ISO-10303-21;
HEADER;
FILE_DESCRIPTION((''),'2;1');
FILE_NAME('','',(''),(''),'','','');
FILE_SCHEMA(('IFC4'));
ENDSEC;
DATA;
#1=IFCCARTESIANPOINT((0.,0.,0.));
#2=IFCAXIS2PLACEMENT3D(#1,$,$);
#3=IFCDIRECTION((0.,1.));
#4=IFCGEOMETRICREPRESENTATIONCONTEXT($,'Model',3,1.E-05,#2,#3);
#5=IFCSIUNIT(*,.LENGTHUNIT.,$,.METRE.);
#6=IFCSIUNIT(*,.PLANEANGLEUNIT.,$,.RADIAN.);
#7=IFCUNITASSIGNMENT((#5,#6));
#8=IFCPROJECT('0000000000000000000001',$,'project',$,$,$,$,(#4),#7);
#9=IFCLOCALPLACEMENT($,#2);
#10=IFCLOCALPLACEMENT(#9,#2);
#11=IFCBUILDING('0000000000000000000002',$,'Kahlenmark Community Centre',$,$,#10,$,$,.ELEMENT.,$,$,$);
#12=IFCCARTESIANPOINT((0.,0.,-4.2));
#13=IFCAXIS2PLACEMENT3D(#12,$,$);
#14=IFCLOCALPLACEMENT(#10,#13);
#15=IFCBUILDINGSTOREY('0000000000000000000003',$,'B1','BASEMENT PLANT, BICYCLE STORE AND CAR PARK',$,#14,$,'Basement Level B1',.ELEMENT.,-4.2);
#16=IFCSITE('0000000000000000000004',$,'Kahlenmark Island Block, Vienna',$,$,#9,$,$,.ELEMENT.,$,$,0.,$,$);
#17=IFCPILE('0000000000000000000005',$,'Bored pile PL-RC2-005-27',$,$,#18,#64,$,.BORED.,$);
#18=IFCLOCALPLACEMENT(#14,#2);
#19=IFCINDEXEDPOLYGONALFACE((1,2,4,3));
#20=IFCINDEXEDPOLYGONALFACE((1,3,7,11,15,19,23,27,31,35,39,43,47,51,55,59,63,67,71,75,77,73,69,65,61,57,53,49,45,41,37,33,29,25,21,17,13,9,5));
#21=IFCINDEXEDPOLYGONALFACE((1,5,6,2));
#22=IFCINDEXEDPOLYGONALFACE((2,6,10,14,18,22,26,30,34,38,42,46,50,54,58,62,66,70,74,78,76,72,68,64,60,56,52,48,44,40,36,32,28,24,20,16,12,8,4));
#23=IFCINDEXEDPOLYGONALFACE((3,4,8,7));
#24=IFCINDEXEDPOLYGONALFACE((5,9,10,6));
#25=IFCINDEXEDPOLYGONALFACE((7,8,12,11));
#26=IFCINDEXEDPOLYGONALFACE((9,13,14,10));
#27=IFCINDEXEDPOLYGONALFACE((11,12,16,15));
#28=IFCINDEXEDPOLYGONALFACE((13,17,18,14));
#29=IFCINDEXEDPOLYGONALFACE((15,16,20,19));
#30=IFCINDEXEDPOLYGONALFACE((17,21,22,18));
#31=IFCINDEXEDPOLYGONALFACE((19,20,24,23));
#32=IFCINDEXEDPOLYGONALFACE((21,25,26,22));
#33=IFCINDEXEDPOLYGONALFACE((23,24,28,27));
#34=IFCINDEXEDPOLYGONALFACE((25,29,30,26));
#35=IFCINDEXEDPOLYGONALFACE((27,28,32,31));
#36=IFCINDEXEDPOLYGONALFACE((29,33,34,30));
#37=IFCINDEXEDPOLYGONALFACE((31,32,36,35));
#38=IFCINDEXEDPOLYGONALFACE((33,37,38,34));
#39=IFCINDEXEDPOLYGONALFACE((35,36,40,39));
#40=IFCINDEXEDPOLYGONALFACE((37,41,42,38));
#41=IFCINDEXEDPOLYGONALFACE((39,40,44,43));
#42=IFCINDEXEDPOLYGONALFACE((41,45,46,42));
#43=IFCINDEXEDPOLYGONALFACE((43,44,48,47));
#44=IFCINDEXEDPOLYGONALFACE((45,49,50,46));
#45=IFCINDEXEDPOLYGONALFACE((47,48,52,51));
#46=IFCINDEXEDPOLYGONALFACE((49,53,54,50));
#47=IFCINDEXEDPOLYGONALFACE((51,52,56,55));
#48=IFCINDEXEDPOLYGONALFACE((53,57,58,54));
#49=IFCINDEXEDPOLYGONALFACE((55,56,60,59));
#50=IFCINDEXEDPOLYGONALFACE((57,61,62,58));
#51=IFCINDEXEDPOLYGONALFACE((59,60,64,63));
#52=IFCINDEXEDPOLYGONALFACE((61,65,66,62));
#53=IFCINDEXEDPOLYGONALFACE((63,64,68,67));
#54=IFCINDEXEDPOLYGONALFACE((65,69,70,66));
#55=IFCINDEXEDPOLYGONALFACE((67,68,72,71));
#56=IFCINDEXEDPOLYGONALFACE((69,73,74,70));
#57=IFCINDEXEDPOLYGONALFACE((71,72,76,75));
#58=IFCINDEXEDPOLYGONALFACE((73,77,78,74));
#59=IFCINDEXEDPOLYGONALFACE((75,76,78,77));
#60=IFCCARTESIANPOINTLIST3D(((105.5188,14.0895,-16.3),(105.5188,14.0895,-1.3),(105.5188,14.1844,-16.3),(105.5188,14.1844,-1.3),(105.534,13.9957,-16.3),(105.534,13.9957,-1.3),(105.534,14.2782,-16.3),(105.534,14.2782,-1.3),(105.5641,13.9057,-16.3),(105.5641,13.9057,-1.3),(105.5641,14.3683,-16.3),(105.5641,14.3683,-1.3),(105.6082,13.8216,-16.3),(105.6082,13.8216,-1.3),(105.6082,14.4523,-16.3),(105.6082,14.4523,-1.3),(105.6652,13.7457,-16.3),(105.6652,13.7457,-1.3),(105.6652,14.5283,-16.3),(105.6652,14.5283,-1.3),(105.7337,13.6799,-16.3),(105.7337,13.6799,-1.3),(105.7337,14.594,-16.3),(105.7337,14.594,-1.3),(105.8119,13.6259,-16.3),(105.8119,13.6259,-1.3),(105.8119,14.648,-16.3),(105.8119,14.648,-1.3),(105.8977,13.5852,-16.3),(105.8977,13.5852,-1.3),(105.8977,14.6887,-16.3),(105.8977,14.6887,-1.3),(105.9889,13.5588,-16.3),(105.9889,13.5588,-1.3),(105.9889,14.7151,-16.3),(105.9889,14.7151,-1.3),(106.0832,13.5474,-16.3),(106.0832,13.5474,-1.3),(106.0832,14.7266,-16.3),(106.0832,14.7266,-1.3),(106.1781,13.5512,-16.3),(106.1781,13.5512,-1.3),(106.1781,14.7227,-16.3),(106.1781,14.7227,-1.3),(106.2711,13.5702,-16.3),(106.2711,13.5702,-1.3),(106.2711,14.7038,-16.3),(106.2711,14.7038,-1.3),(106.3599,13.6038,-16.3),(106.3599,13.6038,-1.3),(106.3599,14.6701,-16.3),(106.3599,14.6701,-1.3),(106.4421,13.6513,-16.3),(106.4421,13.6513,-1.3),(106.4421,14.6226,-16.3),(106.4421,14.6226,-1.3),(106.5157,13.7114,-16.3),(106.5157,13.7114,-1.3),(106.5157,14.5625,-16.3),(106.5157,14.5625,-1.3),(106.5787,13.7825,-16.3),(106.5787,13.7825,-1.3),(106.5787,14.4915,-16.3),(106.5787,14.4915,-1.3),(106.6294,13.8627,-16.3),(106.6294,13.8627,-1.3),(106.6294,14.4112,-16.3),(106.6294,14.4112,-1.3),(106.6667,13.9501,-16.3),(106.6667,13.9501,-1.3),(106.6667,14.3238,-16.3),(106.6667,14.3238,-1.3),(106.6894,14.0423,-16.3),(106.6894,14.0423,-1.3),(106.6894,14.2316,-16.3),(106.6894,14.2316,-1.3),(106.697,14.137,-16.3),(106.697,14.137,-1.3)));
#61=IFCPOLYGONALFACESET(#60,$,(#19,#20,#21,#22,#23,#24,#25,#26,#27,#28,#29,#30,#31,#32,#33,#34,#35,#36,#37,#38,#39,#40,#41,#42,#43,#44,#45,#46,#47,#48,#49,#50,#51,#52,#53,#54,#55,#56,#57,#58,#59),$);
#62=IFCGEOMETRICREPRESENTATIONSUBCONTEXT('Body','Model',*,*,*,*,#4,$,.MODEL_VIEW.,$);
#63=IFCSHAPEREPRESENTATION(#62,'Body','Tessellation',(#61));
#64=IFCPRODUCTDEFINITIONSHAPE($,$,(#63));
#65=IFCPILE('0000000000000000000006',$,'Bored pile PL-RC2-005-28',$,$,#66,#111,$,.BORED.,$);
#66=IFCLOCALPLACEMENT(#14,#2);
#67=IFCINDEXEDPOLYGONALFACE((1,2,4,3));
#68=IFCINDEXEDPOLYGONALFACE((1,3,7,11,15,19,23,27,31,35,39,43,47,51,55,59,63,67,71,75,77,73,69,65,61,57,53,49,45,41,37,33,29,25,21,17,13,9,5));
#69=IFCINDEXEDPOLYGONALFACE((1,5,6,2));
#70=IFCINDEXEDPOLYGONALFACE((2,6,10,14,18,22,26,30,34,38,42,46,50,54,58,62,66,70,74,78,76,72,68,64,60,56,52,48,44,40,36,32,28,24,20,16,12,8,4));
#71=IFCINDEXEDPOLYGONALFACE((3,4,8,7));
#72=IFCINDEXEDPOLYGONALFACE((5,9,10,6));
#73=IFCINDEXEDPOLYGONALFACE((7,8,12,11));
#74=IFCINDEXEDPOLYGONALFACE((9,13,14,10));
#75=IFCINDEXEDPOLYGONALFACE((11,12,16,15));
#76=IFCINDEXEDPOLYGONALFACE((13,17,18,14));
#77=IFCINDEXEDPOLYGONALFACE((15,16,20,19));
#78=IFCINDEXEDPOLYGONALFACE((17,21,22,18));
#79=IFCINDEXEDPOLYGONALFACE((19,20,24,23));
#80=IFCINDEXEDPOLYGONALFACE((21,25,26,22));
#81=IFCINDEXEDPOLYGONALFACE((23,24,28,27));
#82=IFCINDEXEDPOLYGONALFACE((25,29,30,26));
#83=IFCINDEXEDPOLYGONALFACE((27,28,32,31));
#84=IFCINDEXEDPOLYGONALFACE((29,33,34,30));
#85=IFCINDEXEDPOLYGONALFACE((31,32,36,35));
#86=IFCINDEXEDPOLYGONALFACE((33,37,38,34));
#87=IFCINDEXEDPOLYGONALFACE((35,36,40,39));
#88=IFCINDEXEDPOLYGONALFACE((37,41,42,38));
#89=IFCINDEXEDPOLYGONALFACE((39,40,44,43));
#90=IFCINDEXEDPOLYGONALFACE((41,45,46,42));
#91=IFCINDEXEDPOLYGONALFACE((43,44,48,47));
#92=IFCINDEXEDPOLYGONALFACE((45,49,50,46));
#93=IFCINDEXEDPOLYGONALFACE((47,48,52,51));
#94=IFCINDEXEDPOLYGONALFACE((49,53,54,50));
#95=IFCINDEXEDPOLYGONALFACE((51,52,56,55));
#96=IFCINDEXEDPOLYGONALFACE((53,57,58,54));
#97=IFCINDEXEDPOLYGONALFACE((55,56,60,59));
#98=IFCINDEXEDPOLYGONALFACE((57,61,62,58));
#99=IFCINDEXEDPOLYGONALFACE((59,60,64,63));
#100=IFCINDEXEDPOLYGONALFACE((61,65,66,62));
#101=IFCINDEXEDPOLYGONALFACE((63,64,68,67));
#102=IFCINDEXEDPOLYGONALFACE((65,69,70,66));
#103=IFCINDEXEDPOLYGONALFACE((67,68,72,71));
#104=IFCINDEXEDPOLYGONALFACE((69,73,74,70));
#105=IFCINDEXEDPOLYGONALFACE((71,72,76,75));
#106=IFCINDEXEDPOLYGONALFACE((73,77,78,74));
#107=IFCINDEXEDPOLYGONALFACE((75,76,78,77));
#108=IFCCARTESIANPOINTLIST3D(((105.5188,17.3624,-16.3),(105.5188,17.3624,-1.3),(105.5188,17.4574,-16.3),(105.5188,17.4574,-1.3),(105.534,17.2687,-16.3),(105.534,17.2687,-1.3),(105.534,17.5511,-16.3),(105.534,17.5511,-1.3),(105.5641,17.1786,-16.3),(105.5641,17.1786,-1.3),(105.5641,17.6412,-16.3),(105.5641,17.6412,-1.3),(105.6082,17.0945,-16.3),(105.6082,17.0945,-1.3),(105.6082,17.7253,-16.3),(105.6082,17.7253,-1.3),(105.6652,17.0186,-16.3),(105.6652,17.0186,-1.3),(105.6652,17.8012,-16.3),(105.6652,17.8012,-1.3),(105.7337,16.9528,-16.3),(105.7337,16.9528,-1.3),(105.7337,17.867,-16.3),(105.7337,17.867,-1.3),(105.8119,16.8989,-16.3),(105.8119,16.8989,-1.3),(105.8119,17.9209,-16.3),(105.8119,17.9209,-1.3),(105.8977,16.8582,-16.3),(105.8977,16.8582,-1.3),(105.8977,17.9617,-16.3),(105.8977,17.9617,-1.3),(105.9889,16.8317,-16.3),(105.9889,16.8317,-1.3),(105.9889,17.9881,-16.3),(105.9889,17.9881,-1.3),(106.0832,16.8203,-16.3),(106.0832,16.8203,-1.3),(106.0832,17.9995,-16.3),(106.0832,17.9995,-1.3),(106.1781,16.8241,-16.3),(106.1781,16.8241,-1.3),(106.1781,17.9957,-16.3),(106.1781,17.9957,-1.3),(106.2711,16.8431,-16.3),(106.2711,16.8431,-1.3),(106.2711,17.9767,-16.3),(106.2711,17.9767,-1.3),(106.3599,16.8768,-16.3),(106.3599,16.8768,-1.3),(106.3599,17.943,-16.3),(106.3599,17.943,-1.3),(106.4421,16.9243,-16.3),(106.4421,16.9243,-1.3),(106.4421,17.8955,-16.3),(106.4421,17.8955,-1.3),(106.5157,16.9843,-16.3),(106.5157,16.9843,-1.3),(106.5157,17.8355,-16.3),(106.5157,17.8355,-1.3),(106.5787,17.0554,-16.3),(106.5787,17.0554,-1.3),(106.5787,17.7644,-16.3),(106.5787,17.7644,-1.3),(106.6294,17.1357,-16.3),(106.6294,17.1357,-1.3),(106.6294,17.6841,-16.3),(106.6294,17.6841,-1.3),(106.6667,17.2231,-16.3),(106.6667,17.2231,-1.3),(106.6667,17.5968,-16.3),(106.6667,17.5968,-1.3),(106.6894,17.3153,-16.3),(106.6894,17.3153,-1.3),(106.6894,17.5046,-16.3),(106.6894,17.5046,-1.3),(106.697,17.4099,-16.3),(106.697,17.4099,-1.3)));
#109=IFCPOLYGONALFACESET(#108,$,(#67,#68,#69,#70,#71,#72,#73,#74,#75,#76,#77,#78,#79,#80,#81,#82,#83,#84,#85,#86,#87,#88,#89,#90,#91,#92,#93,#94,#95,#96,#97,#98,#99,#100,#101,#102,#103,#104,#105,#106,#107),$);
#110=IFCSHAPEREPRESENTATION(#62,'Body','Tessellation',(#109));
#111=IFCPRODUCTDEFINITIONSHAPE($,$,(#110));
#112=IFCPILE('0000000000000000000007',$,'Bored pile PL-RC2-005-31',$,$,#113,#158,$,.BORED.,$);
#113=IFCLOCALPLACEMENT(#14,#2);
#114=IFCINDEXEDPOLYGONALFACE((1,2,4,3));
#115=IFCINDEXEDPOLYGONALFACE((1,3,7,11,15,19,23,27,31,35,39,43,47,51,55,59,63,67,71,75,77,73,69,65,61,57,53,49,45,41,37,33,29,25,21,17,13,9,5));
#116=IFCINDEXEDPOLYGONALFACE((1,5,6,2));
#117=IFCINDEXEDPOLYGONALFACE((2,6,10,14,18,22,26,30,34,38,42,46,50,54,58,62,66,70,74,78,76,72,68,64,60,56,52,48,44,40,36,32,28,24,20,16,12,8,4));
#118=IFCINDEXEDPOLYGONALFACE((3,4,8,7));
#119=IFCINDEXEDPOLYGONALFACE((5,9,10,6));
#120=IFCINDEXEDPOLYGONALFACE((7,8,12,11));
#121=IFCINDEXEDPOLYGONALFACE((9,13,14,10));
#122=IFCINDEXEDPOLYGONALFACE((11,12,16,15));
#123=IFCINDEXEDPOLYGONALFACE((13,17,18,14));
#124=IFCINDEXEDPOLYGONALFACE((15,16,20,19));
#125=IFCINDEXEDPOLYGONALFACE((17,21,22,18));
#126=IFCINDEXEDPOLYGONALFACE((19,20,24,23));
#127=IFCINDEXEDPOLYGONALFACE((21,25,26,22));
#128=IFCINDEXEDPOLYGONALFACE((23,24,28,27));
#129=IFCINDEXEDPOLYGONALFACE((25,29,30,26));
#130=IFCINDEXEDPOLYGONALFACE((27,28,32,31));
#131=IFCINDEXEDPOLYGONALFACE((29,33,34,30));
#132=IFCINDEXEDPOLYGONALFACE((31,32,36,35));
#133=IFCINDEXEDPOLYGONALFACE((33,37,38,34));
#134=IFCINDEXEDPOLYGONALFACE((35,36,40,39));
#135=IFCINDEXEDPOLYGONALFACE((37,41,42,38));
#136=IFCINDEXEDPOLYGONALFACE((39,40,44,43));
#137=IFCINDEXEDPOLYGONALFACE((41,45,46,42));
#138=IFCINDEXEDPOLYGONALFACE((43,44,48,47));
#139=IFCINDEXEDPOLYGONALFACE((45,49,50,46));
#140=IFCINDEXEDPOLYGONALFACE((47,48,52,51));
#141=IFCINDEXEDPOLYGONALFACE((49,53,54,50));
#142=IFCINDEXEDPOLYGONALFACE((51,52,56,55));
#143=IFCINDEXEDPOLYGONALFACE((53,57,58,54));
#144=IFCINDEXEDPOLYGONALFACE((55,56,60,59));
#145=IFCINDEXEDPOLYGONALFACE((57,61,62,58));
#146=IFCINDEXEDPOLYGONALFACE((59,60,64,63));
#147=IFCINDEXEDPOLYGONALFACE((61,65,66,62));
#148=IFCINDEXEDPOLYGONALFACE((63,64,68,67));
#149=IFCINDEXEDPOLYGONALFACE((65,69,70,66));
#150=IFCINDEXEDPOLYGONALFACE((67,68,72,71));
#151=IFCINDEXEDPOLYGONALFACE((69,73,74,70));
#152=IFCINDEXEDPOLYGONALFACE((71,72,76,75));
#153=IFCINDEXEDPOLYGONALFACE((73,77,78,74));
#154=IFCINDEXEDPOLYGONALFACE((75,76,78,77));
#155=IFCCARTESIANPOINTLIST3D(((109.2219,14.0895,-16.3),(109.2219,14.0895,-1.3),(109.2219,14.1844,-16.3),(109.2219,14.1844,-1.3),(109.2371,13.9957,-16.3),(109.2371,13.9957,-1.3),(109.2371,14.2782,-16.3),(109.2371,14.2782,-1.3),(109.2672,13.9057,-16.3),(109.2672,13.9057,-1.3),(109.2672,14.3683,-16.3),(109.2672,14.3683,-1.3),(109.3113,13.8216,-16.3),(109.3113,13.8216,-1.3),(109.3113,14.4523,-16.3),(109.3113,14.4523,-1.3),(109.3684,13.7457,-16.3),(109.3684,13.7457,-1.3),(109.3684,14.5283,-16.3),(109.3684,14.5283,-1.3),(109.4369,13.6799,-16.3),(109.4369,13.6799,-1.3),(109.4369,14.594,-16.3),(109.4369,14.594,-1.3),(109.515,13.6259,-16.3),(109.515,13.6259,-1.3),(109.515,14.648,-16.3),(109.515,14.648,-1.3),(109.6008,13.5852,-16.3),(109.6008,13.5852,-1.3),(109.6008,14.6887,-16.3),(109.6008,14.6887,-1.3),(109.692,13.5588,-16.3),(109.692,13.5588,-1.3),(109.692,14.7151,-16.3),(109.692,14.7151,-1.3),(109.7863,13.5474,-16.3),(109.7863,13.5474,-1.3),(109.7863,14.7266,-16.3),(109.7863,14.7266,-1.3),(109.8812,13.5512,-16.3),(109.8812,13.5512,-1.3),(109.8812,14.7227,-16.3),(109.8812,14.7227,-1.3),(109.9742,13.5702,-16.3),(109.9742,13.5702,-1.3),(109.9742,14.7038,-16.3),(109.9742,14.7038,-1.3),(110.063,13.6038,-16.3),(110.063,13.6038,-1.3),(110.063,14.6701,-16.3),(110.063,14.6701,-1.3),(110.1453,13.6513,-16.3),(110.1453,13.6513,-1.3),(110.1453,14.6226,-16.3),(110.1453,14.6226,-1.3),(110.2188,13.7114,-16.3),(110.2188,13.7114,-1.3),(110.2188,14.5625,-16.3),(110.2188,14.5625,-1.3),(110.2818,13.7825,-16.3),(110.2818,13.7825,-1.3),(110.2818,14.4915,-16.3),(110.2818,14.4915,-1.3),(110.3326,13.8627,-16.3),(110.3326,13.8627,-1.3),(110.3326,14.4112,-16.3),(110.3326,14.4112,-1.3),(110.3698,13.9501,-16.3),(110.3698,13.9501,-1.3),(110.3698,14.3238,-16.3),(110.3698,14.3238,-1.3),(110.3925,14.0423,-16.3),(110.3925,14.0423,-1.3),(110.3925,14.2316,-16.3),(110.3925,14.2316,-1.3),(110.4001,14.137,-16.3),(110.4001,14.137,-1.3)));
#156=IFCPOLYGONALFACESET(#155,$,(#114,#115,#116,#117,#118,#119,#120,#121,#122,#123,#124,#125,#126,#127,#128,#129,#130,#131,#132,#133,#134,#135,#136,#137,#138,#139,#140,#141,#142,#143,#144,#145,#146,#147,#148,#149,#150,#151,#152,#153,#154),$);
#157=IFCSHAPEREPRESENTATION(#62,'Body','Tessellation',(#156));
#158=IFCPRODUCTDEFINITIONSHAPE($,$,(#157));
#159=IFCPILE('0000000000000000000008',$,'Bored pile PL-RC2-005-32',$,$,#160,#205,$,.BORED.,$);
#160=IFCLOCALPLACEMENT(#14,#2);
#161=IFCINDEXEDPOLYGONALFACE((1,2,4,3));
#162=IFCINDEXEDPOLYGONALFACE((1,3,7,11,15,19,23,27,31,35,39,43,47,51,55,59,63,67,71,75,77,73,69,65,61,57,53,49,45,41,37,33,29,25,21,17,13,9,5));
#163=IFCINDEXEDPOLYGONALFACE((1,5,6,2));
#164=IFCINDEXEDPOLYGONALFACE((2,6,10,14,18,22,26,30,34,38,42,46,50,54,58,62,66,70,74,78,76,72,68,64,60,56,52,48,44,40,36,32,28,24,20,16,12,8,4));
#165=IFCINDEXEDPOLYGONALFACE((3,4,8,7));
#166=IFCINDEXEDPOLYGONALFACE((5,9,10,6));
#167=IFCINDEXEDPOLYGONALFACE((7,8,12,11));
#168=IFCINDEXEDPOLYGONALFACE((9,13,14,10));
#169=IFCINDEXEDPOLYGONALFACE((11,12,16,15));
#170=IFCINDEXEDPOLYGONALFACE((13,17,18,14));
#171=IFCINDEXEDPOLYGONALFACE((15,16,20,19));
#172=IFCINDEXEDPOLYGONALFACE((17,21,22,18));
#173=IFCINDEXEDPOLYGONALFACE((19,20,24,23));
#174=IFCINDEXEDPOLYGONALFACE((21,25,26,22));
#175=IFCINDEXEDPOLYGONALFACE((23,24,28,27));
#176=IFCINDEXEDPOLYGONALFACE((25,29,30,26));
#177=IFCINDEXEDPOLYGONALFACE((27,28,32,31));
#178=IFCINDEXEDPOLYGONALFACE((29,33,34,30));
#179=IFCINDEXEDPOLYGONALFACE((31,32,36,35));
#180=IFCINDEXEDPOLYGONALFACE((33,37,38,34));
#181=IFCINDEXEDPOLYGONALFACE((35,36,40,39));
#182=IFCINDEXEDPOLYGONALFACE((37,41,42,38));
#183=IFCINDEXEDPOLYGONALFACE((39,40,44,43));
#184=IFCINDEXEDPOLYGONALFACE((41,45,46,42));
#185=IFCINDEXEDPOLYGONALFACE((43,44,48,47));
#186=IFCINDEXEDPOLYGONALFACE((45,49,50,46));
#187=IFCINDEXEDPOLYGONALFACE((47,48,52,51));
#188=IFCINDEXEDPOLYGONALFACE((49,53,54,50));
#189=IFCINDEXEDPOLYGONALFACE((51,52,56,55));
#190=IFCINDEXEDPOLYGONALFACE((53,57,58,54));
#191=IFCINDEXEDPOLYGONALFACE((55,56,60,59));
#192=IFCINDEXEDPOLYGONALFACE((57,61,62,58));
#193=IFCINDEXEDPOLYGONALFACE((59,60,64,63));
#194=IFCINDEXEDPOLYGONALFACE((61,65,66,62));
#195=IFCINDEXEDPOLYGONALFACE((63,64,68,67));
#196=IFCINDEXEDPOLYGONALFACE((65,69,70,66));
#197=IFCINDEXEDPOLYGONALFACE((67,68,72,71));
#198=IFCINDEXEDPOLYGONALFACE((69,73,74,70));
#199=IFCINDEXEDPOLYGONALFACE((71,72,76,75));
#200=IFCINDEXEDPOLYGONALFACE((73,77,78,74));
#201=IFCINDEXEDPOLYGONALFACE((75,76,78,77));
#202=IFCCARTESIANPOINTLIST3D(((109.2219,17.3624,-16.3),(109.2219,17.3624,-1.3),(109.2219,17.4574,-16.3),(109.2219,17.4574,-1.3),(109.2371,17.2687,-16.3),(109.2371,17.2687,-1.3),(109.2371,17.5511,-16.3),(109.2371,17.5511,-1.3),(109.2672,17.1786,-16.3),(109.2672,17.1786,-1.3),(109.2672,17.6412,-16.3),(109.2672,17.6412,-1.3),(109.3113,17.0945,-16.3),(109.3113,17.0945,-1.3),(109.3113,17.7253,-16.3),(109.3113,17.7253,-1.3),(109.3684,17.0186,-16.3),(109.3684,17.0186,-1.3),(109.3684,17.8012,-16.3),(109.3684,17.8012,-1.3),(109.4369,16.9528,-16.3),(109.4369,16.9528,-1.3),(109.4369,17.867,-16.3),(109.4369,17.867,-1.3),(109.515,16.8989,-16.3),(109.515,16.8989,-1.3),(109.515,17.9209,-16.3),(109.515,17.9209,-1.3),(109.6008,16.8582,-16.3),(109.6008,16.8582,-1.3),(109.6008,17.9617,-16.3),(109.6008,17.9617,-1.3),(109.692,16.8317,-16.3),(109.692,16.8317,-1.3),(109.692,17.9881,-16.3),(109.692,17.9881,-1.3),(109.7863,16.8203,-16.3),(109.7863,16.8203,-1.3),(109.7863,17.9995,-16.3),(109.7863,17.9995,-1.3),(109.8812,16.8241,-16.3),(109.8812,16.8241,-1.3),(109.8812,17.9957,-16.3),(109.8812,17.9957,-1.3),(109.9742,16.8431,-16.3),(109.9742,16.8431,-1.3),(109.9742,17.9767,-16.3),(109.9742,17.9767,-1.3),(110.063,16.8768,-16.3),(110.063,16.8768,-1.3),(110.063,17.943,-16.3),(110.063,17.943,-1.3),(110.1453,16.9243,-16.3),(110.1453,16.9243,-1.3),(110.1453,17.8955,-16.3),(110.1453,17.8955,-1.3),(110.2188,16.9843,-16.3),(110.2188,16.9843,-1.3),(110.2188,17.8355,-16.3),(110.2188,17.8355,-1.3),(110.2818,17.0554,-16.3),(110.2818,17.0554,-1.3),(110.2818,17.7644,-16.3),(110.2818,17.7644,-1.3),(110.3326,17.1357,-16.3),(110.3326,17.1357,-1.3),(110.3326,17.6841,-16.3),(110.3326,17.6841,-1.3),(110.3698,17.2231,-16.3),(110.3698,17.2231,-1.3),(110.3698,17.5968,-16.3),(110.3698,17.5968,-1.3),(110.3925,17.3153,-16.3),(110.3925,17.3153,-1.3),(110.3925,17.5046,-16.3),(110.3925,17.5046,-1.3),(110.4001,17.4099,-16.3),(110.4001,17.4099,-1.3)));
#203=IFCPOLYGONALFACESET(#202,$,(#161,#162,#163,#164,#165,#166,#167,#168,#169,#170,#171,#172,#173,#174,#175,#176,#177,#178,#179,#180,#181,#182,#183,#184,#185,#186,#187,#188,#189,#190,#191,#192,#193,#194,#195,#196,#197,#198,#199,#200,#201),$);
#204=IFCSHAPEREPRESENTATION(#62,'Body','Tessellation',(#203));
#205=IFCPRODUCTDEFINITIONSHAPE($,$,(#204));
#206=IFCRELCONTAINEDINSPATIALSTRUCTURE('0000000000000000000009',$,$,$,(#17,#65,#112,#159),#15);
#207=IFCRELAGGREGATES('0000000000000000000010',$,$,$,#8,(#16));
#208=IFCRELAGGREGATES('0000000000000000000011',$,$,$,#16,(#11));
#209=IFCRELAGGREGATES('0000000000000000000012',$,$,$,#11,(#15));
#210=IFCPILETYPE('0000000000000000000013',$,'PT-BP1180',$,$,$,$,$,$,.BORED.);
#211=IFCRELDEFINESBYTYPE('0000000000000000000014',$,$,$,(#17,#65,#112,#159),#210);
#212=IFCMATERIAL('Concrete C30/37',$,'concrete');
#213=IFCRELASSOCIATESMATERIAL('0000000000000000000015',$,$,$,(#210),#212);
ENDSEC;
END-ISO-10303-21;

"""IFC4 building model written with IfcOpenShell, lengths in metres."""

from ifc_helpers import new_model, si_unit, direction, frame, origin, origin_2d, place, context, subcontext, project, spatial, circle, extrude, material, material_profile, profile_set, type_object, element, save


model = new_model("IFC4")

# Units and contexts
model_context = context("Model", 3, precision=1e-05, world=origin(), true_north=direction((0.0, 1.0)))
body_context = subcontext(model_context, "Body", "Model", "MODEL_VIEW")
ifc_project = project(units=[si_unit("LENGTHUNIT", "METRE"), si_unit("PLANEANGLEUNIT", "RADIAN")], contexts=[model_context])

# Site, building, storey
site_placement = place(None, origin())
site = spatial("IfcSite", under=ifc_project, at=site_placement, Name="Kahlenmark Island Block, Vienna", CompositionType="ELEMENT", RefElevation=0.0)
building_placement = place(site_placement, origin())
building = spatial("IfcBuilding", under=site, at=building_placement, Name="Kahlenmark Community Centre", CompositionType="ELEMENT")
storey_placement = place(building_placement, frame((0.0, 0.0, -4.2)))
storey = spatial("IfcBuildingStorey", under=building, at=storey_placement, Name="B1", Description="BASEMENT PLANT, BICYCLE STORE AND CAR PARK", LongName="Basement Level B1", CompositionType="ELEMENT", Elevation=-4.2)

# Shared definitions
ifc_material_1 = material(Name="Concrete C30/37", Category="concrete")

# Piles
ifc_material_profile_1 = material_profile(ifc_material_1, circle(Radius=0.5901, at=origin_2d()), Name="BORED PILE 1180")
ifc_profile_set_1 = profile_set([ifc_material_profile_1], Name="Concrete C30/37")
pile_type_1 = type_object("IfcPileType", Name="PT-BP1180", PredefinedType="BORED", material=ifc_profile_set_1)
for number, where, z_axis, x_axis, name in (
    (1, (106.1069, 14.137, -1.3), (0.0, 0.0, -1.0), (1.0, 0.0, 0.0), "Bored pile PL-RC2-005-27"),
    (2, (106.1069, 17.4099, -1.3), (0.0, 0.0, -1.0), (1.0, 0.0, 0.0), "Bored pile PL-RC2-005-28"),
    (3, (109.8101, 14.137, -1.3), (0.0, 0.0, -1.0), (1.0, 0.0, 0.0), "Bored pile PL-RC2-005-31"),
    (4, (109.8101, 17.4099, -1.3), (0.0, 0.0, -1.0), (1.0, 0.0, 0.0), "Bored pile PL-RC2-005-32"),
):
    element("IfcPile", number, at=place(storey_placement, frame(where, z_axis=z_axis, x_axis=x_axis)), inside=storey, type_object=pile_type_1, Name=name, PredefinedType="BORED", context=body_context, shape_type="SweptSolid", body=[
        extrude(circle(Radius=0.5901, at=origin_2d()), origin(), (0.0, 0.0, 1.0), 15.0),
    ])

save(model, "model.ifc")
